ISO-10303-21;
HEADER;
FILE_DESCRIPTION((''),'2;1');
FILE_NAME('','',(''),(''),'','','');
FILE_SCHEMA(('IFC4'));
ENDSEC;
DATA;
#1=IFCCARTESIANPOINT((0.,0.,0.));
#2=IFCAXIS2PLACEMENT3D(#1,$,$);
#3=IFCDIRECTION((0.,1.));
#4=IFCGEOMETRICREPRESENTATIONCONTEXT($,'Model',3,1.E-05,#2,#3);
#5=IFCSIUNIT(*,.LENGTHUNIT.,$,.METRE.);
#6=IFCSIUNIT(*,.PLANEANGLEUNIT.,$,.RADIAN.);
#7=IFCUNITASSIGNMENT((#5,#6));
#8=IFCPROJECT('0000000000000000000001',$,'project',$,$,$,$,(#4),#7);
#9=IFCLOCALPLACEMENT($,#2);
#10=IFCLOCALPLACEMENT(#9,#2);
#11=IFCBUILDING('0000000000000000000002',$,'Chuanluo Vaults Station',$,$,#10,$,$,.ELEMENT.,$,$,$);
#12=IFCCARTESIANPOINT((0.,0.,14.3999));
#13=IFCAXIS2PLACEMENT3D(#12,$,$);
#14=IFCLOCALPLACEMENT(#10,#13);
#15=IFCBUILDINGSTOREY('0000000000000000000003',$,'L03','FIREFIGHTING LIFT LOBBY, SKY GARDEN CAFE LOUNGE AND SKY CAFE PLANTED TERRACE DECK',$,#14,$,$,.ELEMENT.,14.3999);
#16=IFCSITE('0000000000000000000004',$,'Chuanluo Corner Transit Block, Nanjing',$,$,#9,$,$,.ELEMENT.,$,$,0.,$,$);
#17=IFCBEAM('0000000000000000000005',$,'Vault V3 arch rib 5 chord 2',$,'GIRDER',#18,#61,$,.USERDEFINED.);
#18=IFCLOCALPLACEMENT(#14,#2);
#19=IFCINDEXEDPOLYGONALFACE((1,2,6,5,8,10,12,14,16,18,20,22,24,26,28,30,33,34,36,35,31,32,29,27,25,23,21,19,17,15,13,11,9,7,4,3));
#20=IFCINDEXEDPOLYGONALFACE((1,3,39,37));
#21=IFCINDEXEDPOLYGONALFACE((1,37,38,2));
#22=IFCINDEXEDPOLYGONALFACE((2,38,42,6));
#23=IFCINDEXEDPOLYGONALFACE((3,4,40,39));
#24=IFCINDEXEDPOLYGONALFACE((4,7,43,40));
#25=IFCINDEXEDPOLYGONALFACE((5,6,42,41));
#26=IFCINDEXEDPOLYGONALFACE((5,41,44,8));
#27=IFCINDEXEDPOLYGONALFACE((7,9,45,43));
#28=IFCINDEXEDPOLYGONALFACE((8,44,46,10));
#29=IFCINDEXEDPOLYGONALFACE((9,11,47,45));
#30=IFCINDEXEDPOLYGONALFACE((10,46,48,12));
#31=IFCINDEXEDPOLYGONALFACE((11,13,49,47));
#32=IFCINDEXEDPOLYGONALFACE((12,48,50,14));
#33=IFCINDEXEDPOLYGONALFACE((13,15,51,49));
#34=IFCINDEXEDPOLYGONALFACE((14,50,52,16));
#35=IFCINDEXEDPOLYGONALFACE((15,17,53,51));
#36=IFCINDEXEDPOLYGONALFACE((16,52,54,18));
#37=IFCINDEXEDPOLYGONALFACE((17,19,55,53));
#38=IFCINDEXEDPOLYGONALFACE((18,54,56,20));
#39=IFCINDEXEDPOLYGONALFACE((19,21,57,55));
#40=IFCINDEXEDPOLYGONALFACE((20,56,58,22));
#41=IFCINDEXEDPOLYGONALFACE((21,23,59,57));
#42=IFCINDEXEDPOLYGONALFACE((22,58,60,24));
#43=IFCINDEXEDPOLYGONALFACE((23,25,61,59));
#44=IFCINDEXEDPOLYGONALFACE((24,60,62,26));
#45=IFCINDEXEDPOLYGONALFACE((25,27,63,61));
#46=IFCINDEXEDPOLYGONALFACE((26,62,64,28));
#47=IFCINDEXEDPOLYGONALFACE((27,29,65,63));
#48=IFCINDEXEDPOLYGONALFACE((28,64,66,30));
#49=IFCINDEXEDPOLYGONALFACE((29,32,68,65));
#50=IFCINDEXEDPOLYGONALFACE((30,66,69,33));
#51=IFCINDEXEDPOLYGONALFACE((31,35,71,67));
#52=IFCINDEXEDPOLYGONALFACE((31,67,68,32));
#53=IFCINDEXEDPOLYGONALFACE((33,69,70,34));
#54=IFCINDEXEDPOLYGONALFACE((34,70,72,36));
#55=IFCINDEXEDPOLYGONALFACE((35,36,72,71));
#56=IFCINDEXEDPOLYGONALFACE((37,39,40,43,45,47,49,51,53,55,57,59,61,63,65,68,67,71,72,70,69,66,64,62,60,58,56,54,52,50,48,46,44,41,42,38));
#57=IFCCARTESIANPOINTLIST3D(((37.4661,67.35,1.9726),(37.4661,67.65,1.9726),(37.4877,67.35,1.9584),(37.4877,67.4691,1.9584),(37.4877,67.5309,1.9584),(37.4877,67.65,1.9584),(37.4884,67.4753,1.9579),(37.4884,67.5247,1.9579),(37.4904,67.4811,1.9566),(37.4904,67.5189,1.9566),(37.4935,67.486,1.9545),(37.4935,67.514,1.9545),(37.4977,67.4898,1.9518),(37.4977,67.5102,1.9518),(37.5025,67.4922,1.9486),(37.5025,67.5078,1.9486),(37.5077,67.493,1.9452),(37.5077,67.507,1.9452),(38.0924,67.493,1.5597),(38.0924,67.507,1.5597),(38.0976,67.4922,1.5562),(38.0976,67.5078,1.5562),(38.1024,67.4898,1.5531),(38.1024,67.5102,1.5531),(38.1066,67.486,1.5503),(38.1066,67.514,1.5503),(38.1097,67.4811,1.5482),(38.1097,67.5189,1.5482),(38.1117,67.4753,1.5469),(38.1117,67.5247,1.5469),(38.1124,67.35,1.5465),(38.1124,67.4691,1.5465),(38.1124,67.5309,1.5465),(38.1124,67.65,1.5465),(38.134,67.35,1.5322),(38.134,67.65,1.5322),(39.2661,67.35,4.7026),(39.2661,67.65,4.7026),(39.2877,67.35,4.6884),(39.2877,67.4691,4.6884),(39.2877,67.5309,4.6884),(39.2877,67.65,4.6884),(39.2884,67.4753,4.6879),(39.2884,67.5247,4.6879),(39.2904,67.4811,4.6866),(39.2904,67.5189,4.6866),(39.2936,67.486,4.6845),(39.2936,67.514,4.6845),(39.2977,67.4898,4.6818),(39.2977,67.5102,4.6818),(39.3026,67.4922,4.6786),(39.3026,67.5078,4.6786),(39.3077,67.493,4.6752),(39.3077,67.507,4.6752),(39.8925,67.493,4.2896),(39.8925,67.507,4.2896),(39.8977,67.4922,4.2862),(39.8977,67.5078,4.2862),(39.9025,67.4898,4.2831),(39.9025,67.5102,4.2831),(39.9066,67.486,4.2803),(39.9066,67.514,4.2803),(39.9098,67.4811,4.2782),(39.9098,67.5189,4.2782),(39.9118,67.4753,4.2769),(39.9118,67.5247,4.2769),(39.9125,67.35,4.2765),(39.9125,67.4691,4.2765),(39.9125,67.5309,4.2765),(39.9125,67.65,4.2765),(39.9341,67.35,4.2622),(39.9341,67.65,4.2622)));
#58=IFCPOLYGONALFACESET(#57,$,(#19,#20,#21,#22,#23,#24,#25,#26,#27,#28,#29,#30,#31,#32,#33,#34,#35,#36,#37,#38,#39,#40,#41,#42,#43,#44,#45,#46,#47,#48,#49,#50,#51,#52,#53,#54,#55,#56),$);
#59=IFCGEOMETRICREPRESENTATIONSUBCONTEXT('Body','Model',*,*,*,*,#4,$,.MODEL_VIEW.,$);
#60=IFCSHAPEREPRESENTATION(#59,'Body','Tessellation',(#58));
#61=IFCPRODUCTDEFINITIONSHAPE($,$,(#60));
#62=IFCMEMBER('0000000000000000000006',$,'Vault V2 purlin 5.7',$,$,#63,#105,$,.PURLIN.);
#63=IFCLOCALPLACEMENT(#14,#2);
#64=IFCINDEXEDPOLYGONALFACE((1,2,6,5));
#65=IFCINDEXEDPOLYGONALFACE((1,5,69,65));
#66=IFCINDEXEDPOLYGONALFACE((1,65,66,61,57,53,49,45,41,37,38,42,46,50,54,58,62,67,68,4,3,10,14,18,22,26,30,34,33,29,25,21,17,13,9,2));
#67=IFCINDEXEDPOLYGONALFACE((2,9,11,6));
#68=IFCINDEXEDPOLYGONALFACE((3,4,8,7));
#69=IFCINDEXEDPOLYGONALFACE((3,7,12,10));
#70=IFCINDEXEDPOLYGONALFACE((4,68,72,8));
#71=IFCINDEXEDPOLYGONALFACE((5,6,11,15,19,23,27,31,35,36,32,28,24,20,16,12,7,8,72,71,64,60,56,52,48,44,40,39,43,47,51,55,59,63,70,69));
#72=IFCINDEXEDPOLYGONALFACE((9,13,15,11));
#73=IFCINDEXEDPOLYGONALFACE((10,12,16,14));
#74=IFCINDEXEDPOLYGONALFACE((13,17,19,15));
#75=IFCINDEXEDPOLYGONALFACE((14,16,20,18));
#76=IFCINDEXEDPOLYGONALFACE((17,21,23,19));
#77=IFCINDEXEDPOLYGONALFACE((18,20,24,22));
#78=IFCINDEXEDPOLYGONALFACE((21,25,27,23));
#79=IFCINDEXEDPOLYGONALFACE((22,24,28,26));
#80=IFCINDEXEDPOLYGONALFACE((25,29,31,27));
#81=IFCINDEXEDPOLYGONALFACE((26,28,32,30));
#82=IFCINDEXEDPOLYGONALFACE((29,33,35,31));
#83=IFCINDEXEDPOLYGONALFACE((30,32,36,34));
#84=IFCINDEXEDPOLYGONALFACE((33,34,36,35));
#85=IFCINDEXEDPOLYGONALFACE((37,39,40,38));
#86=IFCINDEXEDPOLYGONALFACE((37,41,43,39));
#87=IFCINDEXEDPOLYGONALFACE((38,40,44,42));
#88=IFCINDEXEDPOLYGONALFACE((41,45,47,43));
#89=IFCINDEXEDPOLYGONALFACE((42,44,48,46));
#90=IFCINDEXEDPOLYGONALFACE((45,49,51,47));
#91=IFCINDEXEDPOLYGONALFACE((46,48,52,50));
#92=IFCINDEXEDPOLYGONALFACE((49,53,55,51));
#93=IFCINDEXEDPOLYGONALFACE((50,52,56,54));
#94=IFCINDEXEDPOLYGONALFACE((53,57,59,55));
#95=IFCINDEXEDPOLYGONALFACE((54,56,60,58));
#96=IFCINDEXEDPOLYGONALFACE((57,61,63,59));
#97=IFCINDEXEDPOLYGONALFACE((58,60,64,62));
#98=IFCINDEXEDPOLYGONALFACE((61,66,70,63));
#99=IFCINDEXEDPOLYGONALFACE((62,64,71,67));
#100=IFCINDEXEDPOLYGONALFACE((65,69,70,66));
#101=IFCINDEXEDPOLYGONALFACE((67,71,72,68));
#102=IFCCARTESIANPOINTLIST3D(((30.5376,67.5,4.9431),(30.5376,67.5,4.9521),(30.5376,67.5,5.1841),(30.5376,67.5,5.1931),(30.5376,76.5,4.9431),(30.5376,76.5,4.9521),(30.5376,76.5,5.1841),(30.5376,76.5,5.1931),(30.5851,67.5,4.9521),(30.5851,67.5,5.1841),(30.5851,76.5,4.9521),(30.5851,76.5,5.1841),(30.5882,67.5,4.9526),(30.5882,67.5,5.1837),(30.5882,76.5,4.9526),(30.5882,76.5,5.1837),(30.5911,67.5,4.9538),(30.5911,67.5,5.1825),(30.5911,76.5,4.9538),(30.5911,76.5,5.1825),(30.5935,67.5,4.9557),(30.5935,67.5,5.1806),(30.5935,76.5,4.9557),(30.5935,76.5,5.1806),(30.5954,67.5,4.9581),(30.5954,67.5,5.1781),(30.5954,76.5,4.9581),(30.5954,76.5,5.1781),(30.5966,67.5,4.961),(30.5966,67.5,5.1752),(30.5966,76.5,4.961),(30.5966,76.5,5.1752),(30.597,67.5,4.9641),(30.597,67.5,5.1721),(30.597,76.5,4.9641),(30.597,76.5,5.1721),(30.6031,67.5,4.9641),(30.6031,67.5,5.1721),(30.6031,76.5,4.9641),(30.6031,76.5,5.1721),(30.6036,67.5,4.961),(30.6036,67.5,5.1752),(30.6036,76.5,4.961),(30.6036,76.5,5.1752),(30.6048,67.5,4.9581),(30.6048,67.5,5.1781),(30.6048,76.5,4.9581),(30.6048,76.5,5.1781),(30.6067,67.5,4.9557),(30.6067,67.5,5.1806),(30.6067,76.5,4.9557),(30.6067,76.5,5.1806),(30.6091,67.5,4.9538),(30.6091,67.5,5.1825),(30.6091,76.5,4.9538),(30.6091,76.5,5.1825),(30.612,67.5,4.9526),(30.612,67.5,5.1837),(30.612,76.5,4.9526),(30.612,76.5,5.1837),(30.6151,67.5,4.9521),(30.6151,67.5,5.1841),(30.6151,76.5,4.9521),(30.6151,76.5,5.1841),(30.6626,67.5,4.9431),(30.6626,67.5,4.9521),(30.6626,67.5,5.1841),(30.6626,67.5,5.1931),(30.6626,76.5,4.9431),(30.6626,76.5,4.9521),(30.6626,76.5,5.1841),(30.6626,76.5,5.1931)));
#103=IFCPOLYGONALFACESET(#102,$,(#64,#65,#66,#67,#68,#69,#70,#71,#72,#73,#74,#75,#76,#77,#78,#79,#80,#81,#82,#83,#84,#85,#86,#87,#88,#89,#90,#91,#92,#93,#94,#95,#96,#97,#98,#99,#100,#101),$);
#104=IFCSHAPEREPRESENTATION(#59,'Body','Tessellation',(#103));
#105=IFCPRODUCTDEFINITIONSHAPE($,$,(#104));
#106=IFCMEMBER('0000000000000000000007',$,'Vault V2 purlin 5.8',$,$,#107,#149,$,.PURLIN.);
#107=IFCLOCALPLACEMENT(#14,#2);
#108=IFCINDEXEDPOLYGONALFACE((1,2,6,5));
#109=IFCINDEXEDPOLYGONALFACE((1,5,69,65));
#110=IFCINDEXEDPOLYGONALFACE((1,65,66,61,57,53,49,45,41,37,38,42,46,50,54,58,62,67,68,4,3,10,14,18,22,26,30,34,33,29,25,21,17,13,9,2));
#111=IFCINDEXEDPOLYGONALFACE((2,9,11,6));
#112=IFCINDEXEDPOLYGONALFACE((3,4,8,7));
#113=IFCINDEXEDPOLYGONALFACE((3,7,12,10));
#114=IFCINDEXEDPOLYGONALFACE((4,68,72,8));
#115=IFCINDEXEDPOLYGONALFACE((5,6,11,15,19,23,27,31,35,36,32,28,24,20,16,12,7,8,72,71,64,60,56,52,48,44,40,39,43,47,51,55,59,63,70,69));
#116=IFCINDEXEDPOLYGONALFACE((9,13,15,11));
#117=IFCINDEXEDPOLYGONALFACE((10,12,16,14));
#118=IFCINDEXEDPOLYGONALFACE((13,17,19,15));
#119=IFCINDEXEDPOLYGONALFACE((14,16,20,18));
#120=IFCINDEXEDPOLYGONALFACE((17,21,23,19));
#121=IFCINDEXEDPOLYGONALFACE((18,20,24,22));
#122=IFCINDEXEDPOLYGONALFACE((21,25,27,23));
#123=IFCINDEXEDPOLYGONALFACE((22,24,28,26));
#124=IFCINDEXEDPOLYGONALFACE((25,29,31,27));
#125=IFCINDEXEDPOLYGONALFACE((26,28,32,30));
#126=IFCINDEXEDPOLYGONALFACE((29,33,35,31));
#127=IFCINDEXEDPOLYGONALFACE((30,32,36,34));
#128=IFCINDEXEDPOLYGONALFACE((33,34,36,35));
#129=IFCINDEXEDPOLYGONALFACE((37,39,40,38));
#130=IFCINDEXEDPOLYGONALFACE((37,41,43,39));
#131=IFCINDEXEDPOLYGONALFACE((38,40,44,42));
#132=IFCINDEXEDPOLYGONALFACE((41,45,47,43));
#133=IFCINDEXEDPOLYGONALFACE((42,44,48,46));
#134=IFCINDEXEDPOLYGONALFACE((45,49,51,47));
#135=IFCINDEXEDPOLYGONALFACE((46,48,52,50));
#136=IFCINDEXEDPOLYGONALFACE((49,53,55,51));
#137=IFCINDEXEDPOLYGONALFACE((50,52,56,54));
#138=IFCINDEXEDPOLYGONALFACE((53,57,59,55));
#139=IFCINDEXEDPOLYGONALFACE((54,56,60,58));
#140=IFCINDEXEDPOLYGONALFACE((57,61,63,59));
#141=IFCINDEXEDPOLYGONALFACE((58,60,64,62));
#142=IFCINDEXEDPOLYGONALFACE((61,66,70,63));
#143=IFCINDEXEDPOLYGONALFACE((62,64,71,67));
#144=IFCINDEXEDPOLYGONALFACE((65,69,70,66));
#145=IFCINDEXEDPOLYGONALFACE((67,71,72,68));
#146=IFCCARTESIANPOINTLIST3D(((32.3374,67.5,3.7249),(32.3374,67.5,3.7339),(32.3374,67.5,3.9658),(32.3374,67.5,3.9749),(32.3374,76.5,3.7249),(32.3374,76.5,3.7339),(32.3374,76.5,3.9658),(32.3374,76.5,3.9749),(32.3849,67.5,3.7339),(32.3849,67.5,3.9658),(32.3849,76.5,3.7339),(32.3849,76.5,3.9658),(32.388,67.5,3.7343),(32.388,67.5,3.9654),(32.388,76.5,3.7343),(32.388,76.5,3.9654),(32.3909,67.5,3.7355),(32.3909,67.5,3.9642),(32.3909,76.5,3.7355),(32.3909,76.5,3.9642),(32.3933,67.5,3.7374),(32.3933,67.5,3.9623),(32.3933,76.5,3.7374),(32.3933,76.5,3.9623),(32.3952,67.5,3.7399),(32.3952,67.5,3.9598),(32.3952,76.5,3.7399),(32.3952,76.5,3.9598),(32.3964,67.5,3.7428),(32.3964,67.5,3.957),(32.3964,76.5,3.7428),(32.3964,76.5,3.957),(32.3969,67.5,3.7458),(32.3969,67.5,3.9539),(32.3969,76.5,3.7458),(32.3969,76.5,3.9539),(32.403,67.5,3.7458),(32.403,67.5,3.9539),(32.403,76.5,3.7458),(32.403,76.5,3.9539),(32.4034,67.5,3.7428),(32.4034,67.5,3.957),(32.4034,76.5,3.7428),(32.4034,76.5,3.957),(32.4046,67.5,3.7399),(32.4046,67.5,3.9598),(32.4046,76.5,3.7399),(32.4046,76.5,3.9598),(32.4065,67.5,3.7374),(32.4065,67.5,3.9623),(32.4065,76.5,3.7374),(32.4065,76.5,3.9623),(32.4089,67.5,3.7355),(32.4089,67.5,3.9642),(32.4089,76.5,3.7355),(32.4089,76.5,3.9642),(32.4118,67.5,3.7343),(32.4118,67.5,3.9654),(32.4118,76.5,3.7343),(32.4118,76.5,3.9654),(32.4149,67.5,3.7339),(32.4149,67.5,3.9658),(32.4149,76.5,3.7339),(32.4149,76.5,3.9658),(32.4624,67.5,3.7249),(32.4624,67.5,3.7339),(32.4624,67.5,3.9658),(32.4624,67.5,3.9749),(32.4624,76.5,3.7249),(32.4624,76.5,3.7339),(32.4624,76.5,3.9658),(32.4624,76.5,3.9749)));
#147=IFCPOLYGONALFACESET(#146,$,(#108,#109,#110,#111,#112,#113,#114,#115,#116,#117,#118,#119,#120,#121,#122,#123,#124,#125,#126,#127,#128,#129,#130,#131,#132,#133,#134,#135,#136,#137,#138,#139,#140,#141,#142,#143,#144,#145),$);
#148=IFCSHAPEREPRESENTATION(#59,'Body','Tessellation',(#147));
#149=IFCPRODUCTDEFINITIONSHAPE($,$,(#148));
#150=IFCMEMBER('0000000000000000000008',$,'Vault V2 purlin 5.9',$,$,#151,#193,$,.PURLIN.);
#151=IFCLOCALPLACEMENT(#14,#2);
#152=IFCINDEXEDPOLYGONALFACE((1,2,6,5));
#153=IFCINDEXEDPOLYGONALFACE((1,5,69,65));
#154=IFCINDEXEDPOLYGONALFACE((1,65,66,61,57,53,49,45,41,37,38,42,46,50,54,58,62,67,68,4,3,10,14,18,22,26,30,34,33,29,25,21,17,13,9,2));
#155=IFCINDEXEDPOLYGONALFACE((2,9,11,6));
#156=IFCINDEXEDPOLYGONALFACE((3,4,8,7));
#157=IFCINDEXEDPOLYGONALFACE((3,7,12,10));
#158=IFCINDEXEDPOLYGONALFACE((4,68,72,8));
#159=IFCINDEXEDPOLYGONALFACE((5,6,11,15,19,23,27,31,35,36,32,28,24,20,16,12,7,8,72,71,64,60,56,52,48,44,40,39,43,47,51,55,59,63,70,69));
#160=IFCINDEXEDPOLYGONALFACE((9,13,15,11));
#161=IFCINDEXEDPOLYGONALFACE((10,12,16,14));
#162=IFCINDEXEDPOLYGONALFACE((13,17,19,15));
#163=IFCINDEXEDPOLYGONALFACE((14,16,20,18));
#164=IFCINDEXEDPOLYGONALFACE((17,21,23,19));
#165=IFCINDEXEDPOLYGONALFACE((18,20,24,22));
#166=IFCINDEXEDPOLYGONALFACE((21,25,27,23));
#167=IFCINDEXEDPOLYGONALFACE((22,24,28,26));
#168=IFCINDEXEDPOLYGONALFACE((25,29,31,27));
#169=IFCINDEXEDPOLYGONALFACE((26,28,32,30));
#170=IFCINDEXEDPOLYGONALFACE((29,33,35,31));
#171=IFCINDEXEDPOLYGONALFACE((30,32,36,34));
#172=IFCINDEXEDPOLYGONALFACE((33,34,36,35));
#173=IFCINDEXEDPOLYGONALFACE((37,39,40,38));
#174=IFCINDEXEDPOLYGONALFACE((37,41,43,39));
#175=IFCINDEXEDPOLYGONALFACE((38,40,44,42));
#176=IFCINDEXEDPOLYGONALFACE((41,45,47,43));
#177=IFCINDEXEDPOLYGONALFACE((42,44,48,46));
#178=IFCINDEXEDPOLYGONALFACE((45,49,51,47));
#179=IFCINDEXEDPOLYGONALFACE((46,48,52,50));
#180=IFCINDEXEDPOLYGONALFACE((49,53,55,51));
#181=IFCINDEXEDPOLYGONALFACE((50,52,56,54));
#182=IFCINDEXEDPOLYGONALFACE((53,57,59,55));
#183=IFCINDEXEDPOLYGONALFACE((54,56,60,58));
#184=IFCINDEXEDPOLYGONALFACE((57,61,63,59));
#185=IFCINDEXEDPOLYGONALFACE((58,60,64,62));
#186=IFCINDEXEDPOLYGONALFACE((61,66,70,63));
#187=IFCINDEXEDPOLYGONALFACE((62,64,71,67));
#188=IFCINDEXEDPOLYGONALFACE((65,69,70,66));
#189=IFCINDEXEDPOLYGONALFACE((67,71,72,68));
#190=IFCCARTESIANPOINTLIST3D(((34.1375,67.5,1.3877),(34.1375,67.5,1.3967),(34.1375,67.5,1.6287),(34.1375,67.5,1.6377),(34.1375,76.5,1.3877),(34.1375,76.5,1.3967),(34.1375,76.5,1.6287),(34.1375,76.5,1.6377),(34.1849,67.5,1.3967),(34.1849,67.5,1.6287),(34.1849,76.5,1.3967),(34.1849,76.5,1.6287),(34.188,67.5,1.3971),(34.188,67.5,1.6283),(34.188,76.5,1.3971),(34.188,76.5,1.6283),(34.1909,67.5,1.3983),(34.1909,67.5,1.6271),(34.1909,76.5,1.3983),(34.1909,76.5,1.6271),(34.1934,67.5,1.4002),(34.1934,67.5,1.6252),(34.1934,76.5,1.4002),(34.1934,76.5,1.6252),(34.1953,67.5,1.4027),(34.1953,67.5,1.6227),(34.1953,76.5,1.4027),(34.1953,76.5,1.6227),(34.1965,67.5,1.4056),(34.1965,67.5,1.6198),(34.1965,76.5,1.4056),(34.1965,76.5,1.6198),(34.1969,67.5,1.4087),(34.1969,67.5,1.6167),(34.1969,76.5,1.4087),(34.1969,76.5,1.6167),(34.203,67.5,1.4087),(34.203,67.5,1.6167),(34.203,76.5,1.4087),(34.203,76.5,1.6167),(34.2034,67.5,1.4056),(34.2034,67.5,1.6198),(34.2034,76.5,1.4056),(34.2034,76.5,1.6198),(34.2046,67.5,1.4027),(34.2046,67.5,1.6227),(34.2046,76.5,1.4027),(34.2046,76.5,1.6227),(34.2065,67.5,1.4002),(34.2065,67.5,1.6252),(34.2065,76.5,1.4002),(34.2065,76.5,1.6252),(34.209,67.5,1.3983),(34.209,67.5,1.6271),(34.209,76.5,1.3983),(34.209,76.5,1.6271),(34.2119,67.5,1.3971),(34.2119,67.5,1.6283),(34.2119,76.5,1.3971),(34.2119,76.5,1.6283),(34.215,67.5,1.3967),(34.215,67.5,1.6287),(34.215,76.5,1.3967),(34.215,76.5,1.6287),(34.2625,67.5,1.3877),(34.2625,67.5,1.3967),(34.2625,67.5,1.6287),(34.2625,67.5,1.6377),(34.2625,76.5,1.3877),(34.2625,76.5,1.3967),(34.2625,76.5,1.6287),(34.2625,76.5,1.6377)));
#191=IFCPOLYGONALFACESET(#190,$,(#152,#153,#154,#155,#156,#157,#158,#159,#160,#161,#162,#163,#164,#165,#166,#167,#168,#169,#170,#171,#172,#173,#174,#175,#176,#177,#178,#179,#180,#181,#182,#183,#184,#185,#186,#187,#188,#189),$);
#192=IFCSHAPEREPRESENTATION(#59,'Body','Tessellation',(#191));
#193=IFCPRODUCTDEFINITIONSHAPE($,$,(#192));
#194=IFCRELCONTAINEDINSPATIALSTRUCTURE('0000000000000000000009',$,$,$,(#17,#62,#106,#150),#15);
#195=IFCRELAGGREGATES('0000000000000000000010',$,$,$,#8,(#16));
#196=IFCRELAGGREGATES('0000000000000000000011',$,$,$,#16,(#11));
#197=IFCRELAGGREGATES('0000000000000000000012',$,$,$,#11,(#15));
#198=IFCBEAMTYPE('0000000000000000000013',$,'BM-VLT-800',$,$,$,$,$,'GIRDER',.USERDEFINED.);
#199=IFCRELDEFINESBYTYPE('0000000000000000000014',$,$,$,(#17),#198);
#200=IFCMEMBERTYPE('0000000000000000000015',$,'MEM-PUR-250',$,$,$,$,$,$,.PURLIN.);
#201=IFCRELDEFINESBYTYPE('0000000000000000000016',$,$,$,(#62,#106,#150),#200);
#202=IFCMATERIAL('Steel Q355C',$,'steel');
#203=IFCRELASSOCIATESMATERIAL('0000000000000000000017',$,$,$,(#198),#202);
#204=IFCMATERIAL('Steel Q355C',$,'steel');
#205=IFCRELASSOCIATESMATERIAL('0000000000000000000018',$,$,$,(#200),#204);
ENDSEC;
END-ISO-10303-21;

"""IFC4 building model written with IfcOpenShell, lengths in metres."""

from ifc_helpers import new_model, si_unit, direction, frame, origin, origin_2d, place, context, subcontext, project, spatial, i_section, extrude, material, material_profile, profile_set, type_object, element, save


model = new_model("IFC4")

# Units and contexts
model_context = context("Model", 3, precision=1e-05, world=origin(), true_north=direction((0.0, 1.0)))
body_context = subcontext(model_context, "Body", "Model", "MODEL_VIEW")
ifc_project = project(units=[si_unit("LENGTHUNIT", "METRE"), si_unit("PLANEANGLEUNIT", "RADIAN")], contexts=[model_context])

# Site, building, storey
site_placement = place(None, origin())
site = spatial("IfcSite", under=ifc_project, at=site_placement, Name="Chuanluo Corner Transit Block, Nanjing", CompositionType="ELEMENT", RefElevation=0.0)
building_placement = place(site_placement, origin())
building = spatial("IfcBuilding", under=site, at=building_placement, Name="Chuanluo Vaults Station", CompositionType="ELEMENT")
storey_placement = place(building_placement, frame((0.0, 0.0, 14.3999)))
storey = spatial("IfcBuildingStorey", under=building, at=storey_placement, Name="L03", Description="FIREFIGHTING LIFT LOBBY, SKY GARDEN CAFE LOUNGE AND SKY CAFE PLANTED TERRACE DECK", CompositionType="ELEMENT", Elevation=14.3999)

# Beam
ifc_material_1 = material(Name="Steel Q355C", Category="steel")
ifc_material_profile_1 = material_profile(ifc_material_1, i_section(OverallWidth=0.3, OverallDepth=0.8, WebThickness=0.0139, FlangeThickness=0.0259, FilletRadius=0.0239, at=origin_2d()))
ifc_profile_set_1 = profile_set([ifc_material_profile_1], Name="Steel Q355C")
beam_type_1 = type_object("IfcBeamType", Name="BM-VLT-800", ElementType="GIRDER", PredefinedType="USERDEFINED", material=ifc_profile_set_1)
beam_1_placement = place(storey_placement, frame((37.8, 67.5, 1.7524), z_axis=(0.550472, 0.0, 0.834854), x_axis=(0.0, 1.0, 0.0)))
element("IfcBeam", 1, at=beam_1_placement, inside=storey, type_object=beam_type_1, Name="Vault V3 arch rib 5 chord 2", ObjectType="GIRDER", PredefinedType="USERDEFINED", context=body_context, shape_type="SweptSolid", body=[
    extrude(i_section(OverallWidth=0.3, OverallDepth=0.8, WebThickness=0.0139, FlangeThickness=0.0259, FilletRadius=0.0239, at=origin_2d()), origin(), (0.0, 0.0, 1.0), 3.27),
])

# Members
ifc_material_2 = material(Name="Steel Q355C", Category="steel")
ifc_material_profile_2 = material_profile(ifc_material_2, i_section(OverallWidth=0.125, OverallDepth=0.25, WebThickness=0.0061, FlangeThickness=0.009, FilletRadius=0.012, at=origin_2d()))
ifc_profile_set_2 = profile_set([ifc_material_profile_2], Name="Steel Q355C")
member_type_1 = type_object("IfcMemberType", Name="MEM-PUR-250", PredefinedType="PURLIN", material=ifc_profile_set_2)
for number, where, z_axis, x_axis, name in (
    (2, (30.6001, 67.5, 5.0681), (0.0, 1.0, 0.0), (-1.0, 0.0, 0.0), "Vault V2 purlin 5.7"),
    (3, (32.3999, 67.5, 3.8499), (0.0, 1.0, 0.0), (-1.0, 0.0, 0.0), "Vault V2 purlin 5.8"),
    (4, (34.2, 67.5, 1.5127), (0.0, 1.0, 0.0), (-1.0, 0.0, 0.0), "Vault V2 purlin 5.9"),
):
    element("IfcMember", number, at=place(storey_placement, frame(where, z_axis=z_axis, x_axis=x_axis)), inside=storey, type_object=member_type_1, Name=name, PredefinedType="PURLIN", context=body_context, shape_type="SweptSolid", body=[
        extrude(i_section(OverallWidth=0.125, OverallDepth=0.25, WebThickness=0.0061, FlangeThickness=0.009, FilletRadius=0.012, at=origin_2d()), origin(), (0.0, 0.0, 1.0), 9.0),
    ])

save(model, "model.ifc")
